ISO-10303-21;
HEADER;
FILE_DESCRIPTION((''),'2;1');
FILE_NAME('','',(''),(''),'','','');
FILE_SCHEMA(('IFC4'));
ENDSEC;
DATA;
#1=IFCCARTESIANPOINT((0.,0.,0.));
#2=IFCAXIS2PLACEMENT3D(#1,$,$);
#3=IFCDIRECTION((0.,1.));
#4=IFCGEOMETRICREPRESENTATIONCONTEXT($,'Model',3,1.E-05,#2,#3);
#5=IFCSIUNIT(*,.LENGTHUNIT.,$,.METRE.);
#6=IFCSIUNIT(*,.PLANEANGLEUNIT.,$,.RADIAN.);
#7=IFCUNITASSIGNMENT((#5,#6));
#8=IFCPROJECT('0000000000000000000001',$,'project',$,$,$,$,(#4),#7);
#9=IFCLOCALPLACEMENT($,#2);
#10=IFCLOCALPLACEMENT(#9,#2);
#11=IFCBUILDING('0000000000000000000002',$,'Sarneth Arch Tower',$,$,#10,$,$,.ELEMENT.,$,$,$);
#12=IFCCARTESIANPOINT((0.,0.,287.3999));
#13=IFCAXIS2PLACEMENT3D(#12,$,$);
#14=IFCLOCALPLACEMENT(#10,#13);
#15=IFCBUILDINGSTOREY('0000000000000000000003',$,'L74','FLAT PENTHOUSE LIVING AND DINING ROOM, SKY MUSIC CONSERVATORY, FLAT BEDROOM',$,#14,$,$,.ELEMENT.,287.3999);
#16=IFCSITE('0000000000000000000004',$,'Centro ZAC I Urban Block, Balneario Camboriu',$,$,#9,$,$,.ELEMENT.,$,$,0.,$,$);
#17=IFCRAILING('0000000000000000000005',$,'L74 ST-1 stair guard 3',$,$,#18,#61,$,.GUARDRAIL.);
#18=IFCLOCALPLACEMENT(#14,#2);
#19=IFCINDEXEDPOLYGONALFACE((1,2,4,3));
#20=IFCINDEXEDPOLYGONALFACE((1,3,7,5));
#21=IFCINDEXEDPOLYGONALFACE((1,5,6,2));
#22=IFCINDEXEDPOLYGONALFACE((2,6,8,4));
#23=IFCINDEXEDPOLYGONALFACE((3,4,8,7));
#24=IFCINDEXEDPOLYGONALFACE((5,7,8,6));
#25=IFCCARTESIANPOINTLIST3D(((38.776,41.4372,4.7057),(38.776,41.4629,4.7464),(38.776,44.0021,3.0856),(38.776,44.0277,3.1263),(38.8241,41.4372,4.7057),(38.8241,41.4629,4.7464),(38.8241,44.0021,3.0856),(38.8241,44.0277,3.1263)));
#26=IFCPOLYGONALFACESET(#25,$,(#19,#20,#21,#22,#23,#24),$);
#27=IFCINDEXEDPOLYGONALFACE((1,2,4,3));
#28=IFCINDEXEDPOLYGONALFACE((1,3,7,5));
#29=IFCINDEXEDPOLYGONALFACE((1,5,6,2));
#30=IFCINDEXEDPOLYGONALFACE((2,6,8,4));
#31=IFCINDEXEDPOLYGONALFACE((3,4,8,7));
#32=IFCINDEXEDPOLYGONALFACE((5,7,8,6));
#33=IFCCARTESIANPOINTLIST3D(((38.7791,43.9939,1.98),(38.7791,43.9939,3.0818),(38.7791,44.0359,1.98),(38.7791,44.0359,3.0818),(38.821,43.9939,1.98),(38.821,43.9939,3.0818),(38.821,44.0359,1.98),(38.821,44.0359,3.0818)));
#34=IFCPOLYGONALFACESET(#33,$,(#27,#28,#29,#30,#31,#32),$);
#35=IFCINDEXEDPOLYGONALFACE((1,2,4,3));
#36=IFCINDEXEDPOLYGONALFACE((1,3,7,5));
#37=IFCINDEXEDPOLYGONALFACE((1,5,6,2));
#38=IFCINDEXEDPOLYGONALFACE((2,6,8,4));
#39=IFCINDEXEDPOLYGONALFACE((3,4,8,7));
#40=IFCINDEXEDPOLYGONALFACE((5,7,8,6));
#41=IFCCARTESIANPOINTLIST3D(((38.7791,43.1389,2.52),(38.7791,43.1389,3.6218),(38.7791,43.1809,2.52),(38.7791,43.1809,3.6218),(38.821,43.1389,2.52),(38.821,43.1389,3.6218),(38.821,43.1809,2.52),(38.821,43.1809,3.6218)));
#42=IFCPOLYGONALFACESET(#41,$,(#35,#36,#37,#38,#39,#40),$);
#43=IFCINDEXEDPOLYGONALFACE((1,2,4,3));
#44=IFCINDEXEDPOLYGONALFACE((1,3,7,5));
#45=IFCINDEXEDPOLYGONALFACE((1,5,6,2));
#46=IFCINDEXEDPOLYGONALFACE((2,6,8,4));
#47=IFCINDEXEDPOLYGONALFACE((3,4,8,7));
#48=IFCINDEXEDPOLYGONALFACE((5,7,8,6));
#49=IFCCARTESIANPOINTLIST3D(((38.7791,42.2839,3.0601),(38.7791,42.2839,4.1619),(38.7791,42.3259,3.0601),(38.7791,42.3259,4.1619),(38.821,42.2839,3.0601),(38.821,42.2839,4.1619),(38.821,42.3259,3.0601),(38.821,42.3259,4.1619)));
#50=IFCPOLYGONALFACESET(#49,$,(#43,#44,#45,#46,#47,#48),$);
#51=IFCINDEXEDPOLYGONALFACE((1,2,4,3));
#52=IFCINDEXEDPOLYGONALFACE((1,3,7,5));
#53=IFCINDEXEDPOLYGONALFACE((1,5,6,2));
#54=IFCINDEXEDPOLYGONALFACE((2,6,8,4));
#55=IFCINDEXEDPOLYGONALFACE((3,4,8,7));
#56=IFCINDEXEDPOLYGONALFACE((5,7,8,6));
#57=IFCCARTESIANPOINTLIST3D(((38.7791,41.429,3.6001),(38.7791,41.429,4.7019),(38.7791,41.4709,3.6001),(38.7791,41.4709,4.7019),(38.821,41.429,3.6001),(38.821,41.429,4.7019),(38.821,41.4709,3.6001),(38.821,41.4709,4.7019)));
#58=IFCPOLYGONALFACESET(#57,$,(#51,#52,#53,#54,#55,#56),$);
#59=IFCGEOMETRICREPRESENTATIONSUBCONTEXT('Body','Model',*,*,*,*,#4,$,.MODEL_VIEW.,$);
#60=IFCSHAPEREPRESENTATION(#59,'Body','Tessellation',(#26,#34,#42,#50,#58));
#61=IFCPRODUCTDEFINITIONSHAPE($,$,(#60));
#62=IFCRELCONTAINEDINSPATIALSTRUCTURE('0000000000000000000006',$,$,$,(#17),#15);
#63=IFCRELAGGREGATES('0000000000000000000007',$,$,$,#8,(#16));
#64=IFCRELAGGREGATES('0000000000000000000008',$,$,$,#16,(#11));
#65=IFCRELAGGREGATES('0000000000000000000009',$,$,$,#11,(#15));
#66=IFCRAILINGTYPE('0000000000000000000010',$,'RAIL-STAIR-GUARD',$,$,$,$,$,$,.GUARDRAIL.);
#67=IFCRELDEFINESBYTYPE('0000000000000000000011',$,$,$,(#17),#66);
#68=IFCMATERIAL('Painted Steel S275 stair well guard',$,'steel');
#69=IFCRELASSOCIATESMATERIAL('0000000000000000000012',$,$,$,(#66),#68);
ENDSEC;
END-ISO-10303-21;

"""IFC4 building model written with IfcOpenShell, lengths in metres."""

from ifc_helpers import new_model, si_unit, direction, frame, origin, origin_2d, place, context, subcontext, project, spatial, rectangle, extrude, material, type_object, element, save


model = new_model("IFC4")

# Units and contexts
model_context = context("Model", 3, precision=1e-05, world=origin(), true_north=direction((0.0, 1.0)))
body_context = subcontext(model_context, "Body", "Model", "MODEL_VIEW")
ifc_project = project(units=[si_unit("LENGTHUNIT", "METRE"), si_unit("PLANEANGLEUNIT", "RADIAN")], contexts=[model_context])

# Site, building, storey
site_placement = place(None, origin())
site = spatial("IfcSite", under=ifc_project, at=site_placement, Name="Centro ZAC I Urban Block, Balneario Camboriu", CompositionType="ELEMENT", RefElevation=0.0)
building_placement = place(site_placement, origin())
building = spatial("IfcBuilding", under=site, at=building_placement, Name="Sarneth Arch Tower", CompositionType="ELEMENT")
storey_placement = place(building_placement, frame((0.0, 0.0, 287.3999)))
storey = spatial("IfcBuildingStorey", under=building, at=storey_placement, Name="L74", Description="FLAT PENTHOUSE LIVING AND DINING ROOM, SKY MUSIC CONSERVATORY, FLAT BEDROOM", CompositionType="ELEMENT", Elevation=287.3999)

# Railing
ifc_material_1 = material(Name="Painted Steel S275 stair well guard", Category="steel")
railing_type_1 = type_object("IfcRailingType", Name="RAIL-STAIR-GUARD", PredefinedType="GUARDRAIL", material=ifc_material_1)
railing_1_placement = place(storey_placement, frame((38.8, 44.0149, 1.98)))
element("IfcRailing", 1, at=railing_1_placement, inside=storey, type_object=railing_type_1, Name="L74 ST-1 stair guard 3", PredefinedType="GUARDRAIL", context=body_context, shape_type="SweptSolid", body=[
    extrude(rectangle(XDim=0.0481, YDim=0.0481, at=origin_2d()), frame((0.0, 0.0, 1.126), z_axis=(0.0, -0.845466, 0.534029), x_axis=(1.0, 0.0, 0.0)), (0.0, 0.0, 1.0), 3.0337),
    extrude(rectangle(XDim=0.042, YDim=0.042, at=origin_2d()), origin(), (0.0, 0.0, 1.0), 1.1018),
    extrude(rectangle(XDim=0.042, YDim=0.042, at=origin_2d()), frame((0.0, -0.855, 0.54)), (0.0, 0.0, 1.0), 1.1018),
    extrude(rectangle(XDim=0.042, YDim=0.042, at=origin_2d()), frame((0.0, -1.71, 1.0801)), (0.0, 0.0, 1.0), 1.1018),
    extrude(rectangle(XDim=0.042, YDim=0.042, at=origin_2d()), frame((0.0, -2.5649, 1.6201)), (0.0, 0.0, 1.0), 1.1018),
])

save(model, "model.ifc")
